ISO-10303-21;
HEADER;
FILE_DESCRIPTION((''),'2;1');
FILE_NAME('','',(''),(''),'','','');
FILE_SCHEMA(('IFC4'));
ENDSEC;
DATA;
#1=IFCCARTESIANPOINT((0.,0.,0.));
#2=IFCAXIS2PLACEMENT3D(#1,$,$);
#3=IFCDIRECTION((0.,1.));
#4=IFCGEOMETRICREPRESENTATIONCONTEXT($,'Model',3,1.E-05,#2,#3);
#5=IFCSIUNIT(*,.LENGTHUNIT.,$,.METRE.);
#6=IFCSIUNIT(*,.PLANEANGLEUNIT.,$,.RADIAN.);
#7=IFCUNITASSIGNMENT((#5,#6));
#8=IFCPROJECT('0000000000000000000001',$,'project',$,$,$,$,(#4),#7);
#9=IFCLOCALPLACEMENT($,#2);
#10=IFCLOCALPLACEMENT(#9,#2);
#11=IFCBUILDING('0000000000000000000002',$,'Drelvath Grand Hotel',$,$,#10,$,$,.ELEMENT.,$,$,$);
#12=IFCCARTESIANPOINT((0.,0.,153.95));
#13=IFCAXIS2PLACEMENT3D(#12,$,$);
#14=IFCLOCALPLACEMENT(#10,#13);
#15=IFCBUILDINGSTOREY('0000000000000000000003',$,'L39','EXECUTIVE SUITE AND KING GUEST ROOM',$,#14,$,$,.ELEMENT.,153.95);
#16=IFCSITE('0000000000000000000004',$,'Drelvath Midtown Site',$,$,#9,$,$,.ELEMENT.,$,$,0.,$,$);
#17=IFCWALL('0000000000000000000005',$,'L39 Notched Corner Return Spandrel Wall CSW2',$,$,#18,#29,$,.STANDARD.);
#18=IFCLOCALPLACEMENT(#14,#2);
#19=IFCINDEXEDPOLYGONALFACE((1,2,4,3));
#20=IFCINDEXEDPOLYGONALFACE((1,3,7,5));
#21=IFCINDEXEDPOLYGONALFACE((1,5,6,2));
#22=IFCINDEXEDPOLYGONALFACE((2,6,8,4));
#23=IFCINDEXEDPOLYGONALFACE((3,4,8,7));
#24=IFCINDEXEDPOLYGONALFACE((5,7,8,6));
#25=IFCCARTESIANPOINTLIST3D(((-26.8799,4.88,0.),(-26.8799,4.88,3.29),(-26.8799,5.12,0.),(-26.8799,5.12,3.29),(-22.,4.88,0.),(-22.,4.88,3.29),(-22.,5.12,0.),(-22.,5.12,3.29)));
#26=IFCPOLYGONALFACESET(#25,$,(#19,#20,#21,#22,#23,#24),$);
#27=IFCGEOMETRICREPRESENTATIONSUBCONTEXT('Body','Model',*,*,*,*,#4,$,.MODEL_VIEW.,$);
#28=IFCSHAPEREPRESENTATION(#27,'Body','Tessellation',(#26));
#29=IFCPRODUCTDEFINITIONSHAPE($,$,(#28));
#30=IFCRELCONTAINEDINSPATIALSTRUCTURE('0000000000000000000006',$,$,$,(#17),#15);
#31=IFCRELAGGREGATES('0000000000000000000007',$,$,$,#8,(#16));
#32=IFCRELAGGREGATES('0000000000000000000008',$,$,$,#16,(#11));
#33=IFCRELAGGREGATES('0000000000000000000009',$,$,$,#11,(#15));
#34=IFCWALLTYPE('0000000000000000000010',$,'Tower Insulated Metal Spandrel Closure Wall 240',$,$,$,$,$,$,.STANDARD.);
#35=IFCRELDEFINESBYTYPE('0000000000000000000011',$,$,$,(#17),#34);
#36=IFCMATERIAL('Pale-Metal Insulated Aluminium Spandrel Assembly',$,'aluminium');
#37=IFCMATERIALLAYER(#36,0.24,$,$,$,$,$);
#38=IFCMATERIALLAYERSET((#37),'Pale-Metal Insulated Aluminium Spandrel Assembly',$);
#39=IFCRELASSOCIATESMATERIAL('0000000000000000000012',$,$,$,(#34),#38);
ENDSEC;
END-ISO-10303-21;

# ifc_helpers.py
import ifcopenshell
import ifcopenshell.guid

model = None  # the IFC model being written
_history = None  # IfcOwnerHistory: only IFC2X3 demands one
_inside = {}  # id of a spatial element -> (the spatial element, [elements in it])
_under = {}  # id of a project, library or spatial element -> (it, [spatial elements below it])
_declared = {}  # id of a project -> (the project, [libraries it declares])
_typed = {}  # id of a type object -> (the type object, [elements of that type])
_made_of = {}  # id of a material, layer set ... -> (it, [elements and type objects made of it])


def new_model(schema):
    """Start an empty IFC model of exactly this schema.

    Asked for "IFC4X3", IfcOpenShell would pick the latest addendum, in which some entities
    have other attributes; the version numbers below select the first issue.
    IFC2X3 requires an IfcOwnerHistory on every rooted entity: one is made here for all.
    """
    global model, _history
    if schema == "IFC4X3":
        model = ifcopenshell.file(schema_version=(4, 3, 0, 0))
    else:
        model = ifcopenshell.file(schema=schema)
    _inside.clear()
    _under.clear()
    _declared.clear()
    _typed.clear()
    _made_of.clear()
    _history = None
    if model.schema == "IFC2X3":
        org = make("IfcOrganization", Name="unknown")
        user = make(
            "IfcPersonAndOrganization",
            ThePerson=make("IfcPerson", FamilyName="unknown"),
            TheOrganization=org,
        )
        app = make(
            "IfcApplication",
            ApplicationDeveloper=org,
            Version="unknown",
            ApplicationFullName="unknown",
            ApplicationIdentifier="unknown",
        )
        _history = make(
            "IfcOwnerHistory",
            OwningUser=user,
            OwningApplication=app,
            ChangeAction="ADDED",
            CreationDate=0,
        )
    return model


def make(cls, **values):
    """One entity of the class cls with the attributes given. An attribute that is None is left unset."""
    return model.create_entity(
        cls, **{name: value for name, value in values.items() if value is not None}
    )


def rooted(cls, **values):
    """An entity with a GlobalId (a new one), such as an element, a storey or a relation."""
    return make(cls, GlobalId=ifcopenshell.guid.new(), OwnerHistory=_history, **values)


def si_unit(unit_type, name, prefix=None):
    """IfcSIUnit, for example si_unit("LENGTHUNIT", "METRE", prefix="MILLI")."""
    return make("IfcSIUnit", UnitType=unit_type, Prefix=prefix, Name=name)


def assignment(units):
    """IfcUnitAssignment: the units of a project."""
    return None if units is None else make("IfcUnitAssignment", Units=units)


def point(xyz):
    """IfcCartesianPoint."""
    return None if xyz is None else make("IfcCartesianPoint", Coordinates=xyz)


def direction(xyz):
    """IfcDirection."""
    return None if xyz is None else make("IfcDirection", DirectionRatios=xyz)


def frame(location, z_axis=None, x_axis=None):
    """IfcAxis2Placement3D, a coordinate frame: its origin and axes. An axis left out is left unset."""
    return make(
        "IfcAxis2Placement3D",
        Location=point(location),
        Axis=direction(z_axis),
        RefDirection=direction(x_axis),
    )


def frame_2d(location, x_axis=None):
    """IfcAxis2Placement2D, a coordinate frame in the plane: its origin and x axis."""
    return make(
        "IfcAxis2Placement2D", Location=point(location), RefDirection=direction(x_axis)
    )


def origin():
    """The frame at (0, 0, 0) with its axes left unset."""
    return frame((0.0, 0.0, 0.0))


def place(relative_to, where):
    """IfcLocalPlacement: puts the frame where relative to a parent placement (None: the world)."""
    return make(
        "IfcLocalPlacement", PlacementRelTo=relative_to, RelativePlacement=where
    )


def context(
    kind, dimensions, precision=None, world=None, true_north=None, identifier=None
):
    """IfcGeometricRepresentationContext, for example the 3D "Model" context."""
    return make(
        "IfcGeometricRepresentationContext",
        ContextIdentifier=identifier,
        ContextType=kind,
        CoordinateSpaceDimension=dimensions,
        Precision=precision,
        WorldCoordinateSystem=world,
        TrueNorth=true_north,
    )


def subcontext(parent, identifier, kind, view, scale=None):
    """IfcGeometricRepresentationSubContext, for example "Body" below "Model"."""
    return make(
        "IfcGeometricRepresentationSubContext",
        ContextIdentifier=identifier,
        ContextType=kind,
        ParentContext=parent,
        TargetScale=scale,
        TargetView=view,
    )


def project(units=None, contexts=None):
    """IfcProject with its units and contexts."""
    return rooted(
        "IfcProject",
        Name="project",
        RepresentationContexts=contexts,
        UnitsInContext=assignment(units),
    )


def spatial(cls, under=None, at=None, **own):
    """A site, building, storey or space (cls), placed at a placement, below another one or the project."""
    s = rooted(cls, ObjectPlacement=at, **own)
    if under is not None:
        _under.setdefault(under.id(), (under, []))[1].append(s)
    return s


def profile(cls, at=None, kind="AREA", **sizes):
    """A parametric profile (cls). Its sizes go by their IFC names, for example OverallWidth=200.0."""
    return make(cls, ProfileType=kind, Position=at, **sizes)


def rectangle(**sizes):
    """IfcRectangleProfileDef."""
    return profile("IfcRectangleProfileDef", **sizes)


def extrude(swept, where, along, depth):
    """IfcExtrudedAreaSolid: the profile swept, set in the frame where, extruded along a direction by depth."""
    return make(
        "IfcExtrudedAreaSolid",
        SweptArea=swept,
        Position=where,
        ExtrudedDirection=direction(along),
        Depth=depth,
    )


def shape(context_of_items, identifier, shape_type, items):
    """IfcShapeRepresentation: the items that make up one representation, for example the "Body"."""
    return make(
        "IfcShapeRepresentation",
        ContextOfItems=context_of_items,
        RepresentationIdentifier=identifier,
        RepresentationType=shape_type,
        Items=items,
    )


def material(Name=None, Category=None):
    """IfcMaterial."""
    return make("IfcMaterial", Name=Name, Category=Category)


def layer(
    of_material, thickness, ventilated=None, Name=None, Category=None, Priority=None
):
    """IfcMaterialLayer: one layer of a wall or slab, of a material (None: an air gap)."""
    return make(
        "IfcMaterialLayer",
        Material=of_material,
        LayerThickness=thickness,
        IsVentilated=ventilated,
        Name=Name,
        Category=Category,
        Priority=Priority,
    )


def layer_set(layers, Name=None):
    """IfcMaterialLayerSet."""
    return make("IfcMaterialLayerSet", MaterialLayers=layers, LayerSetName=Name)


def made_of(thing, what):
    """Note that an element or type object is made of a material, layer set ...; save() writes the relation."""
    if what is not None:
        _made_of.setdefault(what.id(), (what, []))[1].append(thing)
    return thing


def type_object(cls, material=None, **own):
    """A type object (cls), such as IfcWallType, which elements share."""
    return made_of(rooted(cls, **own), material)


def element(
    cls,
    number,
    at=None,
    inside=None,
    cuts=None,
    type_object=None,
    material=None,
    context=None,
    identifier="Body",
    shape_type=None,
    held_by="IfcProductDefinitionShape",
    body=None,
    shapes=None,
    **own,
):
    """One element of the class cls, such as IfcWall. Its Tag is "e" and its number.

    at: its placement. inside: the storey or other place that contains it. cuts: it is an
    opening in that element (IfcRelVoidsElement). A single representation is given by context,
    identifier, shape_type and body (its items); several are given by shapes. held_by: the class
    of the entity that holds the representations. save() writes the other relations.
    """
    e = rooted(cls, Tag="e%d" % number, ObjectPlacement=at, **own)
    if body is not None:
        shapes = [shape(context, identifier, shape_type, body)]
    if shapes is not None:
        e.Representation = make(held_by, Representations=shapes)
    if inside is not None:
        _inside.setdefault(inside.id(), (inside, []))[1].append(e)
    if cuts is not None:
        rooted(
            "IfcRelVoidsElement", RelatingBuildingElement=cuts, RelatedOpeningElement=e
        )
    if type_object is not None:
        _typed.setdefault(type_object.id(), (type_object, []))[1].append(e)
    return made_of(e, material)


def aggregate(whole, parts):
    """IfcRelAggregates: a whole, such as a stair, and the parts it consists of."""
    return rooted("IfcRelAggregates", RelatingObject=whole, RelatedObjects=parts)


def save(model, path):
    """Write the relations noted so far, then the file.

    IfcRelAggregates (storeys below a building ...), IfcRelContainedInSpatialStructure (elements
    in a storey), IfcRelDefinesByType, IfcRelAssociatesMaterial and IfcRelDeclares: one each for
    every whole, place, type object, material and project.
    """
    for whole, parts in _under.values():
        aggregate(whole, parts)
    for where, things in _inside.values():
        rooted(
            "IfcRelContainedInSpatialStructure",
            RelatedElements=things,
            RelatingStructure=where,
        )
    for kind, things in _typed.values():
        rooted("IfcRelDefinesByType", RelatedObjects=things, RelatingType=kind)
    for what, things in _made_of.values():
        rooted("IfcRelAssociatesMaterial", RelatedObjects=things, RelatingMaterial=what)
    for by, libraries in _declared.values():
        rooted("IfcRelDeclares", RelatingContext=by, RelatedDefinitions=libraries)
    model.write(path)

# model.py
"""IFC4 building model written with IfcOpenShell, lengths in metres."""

from ifc_helpers import new_model, si_unit, direction, frame, frame_2d, origin, place, context, subcontext, project, spatial, rectangle, extrude, material, layer, layer_set, type_object, element, save


model = new_model("IFC4")

# Units and contexts
model_context = context("Model", 3, precision=1e-05, world=origin(), true_north=direction((0.0, 1.0)))
body_context = subcontext(model_context, "Body", "Model", "MODEL_VIEW")
ifc_project = project(units=[si_unit("LENGTHUNIT", "METRE"), si_unit("PLANEANGLEUNIT", "RADIAN")], contexts=[model_context])

# Site, building, storey
site_placement = place(None, origin())
site = spatial("IfcSite", under=ifc_project, at=site_placement, Name="Drelvath Midtown Site", CompositionType="ELEMENT", RefElevation=0.0)
building_placement = place(site_placement, origin())
building = spatial("IfcBuilding", under=site, at=building_placement, Name="Drelvath Grand Hotel", CompositionType="ELEMENT")
storey_placement = place(building_placement, frame((0.0, 0.0, 153.95)))
storey = spatial("IfcBuildingStorey", under=building, at=storey_placement, Name="L39", Description="EXECUTIVE SUITE AND KING GUEST ROOM", CompositionType="ELEMENT", Elevation=153.95)

# Wall
ifc_material_1 = material(Name="Pale-Metal Insulated Aluminium Spandrel Assembly", Category="aluminium")
ifc_layer_1 = layer(ifc_material_1, 0.24)
ifc_layer_set_1 = layer_set([ifc_layer_1], Name="Pale-Metal Insulated Aluminium Spandrel Assembly")
wall_type_1 = type_object("IfcWallType", Name="Tower Insulated Metal Spandrel Closure Wall 240", PredefinedType="STANDARD", material=ifc_layer_set_1)
for number, where, z_axis, x_axis, name in (
    (1, (-22.0, 5.0, 0.0), (0.0, 0.0, 1.0), (-1.0, 0.0, 0.0), "L39 Notched Corner Return Spandrel Wall CSW2"),
):
    element("IfcWall", number, at=place(storey_placement, frame(where, z_axis=z_axis, x_axis=x_axis)), inside=storey, type_object=wall_type_1, Name=name, PredefinedType="STANDARD", context=body_context, shape_type="SweptSolid", body=[
        extrude(rectangle(XDim=4.8799, YDim=0.24, at=frame_2d((2.4399, 0.0))), origin(), (0.0, 0.0, 1.0), 3.29),
    ])

save(model, "model.ifc")
